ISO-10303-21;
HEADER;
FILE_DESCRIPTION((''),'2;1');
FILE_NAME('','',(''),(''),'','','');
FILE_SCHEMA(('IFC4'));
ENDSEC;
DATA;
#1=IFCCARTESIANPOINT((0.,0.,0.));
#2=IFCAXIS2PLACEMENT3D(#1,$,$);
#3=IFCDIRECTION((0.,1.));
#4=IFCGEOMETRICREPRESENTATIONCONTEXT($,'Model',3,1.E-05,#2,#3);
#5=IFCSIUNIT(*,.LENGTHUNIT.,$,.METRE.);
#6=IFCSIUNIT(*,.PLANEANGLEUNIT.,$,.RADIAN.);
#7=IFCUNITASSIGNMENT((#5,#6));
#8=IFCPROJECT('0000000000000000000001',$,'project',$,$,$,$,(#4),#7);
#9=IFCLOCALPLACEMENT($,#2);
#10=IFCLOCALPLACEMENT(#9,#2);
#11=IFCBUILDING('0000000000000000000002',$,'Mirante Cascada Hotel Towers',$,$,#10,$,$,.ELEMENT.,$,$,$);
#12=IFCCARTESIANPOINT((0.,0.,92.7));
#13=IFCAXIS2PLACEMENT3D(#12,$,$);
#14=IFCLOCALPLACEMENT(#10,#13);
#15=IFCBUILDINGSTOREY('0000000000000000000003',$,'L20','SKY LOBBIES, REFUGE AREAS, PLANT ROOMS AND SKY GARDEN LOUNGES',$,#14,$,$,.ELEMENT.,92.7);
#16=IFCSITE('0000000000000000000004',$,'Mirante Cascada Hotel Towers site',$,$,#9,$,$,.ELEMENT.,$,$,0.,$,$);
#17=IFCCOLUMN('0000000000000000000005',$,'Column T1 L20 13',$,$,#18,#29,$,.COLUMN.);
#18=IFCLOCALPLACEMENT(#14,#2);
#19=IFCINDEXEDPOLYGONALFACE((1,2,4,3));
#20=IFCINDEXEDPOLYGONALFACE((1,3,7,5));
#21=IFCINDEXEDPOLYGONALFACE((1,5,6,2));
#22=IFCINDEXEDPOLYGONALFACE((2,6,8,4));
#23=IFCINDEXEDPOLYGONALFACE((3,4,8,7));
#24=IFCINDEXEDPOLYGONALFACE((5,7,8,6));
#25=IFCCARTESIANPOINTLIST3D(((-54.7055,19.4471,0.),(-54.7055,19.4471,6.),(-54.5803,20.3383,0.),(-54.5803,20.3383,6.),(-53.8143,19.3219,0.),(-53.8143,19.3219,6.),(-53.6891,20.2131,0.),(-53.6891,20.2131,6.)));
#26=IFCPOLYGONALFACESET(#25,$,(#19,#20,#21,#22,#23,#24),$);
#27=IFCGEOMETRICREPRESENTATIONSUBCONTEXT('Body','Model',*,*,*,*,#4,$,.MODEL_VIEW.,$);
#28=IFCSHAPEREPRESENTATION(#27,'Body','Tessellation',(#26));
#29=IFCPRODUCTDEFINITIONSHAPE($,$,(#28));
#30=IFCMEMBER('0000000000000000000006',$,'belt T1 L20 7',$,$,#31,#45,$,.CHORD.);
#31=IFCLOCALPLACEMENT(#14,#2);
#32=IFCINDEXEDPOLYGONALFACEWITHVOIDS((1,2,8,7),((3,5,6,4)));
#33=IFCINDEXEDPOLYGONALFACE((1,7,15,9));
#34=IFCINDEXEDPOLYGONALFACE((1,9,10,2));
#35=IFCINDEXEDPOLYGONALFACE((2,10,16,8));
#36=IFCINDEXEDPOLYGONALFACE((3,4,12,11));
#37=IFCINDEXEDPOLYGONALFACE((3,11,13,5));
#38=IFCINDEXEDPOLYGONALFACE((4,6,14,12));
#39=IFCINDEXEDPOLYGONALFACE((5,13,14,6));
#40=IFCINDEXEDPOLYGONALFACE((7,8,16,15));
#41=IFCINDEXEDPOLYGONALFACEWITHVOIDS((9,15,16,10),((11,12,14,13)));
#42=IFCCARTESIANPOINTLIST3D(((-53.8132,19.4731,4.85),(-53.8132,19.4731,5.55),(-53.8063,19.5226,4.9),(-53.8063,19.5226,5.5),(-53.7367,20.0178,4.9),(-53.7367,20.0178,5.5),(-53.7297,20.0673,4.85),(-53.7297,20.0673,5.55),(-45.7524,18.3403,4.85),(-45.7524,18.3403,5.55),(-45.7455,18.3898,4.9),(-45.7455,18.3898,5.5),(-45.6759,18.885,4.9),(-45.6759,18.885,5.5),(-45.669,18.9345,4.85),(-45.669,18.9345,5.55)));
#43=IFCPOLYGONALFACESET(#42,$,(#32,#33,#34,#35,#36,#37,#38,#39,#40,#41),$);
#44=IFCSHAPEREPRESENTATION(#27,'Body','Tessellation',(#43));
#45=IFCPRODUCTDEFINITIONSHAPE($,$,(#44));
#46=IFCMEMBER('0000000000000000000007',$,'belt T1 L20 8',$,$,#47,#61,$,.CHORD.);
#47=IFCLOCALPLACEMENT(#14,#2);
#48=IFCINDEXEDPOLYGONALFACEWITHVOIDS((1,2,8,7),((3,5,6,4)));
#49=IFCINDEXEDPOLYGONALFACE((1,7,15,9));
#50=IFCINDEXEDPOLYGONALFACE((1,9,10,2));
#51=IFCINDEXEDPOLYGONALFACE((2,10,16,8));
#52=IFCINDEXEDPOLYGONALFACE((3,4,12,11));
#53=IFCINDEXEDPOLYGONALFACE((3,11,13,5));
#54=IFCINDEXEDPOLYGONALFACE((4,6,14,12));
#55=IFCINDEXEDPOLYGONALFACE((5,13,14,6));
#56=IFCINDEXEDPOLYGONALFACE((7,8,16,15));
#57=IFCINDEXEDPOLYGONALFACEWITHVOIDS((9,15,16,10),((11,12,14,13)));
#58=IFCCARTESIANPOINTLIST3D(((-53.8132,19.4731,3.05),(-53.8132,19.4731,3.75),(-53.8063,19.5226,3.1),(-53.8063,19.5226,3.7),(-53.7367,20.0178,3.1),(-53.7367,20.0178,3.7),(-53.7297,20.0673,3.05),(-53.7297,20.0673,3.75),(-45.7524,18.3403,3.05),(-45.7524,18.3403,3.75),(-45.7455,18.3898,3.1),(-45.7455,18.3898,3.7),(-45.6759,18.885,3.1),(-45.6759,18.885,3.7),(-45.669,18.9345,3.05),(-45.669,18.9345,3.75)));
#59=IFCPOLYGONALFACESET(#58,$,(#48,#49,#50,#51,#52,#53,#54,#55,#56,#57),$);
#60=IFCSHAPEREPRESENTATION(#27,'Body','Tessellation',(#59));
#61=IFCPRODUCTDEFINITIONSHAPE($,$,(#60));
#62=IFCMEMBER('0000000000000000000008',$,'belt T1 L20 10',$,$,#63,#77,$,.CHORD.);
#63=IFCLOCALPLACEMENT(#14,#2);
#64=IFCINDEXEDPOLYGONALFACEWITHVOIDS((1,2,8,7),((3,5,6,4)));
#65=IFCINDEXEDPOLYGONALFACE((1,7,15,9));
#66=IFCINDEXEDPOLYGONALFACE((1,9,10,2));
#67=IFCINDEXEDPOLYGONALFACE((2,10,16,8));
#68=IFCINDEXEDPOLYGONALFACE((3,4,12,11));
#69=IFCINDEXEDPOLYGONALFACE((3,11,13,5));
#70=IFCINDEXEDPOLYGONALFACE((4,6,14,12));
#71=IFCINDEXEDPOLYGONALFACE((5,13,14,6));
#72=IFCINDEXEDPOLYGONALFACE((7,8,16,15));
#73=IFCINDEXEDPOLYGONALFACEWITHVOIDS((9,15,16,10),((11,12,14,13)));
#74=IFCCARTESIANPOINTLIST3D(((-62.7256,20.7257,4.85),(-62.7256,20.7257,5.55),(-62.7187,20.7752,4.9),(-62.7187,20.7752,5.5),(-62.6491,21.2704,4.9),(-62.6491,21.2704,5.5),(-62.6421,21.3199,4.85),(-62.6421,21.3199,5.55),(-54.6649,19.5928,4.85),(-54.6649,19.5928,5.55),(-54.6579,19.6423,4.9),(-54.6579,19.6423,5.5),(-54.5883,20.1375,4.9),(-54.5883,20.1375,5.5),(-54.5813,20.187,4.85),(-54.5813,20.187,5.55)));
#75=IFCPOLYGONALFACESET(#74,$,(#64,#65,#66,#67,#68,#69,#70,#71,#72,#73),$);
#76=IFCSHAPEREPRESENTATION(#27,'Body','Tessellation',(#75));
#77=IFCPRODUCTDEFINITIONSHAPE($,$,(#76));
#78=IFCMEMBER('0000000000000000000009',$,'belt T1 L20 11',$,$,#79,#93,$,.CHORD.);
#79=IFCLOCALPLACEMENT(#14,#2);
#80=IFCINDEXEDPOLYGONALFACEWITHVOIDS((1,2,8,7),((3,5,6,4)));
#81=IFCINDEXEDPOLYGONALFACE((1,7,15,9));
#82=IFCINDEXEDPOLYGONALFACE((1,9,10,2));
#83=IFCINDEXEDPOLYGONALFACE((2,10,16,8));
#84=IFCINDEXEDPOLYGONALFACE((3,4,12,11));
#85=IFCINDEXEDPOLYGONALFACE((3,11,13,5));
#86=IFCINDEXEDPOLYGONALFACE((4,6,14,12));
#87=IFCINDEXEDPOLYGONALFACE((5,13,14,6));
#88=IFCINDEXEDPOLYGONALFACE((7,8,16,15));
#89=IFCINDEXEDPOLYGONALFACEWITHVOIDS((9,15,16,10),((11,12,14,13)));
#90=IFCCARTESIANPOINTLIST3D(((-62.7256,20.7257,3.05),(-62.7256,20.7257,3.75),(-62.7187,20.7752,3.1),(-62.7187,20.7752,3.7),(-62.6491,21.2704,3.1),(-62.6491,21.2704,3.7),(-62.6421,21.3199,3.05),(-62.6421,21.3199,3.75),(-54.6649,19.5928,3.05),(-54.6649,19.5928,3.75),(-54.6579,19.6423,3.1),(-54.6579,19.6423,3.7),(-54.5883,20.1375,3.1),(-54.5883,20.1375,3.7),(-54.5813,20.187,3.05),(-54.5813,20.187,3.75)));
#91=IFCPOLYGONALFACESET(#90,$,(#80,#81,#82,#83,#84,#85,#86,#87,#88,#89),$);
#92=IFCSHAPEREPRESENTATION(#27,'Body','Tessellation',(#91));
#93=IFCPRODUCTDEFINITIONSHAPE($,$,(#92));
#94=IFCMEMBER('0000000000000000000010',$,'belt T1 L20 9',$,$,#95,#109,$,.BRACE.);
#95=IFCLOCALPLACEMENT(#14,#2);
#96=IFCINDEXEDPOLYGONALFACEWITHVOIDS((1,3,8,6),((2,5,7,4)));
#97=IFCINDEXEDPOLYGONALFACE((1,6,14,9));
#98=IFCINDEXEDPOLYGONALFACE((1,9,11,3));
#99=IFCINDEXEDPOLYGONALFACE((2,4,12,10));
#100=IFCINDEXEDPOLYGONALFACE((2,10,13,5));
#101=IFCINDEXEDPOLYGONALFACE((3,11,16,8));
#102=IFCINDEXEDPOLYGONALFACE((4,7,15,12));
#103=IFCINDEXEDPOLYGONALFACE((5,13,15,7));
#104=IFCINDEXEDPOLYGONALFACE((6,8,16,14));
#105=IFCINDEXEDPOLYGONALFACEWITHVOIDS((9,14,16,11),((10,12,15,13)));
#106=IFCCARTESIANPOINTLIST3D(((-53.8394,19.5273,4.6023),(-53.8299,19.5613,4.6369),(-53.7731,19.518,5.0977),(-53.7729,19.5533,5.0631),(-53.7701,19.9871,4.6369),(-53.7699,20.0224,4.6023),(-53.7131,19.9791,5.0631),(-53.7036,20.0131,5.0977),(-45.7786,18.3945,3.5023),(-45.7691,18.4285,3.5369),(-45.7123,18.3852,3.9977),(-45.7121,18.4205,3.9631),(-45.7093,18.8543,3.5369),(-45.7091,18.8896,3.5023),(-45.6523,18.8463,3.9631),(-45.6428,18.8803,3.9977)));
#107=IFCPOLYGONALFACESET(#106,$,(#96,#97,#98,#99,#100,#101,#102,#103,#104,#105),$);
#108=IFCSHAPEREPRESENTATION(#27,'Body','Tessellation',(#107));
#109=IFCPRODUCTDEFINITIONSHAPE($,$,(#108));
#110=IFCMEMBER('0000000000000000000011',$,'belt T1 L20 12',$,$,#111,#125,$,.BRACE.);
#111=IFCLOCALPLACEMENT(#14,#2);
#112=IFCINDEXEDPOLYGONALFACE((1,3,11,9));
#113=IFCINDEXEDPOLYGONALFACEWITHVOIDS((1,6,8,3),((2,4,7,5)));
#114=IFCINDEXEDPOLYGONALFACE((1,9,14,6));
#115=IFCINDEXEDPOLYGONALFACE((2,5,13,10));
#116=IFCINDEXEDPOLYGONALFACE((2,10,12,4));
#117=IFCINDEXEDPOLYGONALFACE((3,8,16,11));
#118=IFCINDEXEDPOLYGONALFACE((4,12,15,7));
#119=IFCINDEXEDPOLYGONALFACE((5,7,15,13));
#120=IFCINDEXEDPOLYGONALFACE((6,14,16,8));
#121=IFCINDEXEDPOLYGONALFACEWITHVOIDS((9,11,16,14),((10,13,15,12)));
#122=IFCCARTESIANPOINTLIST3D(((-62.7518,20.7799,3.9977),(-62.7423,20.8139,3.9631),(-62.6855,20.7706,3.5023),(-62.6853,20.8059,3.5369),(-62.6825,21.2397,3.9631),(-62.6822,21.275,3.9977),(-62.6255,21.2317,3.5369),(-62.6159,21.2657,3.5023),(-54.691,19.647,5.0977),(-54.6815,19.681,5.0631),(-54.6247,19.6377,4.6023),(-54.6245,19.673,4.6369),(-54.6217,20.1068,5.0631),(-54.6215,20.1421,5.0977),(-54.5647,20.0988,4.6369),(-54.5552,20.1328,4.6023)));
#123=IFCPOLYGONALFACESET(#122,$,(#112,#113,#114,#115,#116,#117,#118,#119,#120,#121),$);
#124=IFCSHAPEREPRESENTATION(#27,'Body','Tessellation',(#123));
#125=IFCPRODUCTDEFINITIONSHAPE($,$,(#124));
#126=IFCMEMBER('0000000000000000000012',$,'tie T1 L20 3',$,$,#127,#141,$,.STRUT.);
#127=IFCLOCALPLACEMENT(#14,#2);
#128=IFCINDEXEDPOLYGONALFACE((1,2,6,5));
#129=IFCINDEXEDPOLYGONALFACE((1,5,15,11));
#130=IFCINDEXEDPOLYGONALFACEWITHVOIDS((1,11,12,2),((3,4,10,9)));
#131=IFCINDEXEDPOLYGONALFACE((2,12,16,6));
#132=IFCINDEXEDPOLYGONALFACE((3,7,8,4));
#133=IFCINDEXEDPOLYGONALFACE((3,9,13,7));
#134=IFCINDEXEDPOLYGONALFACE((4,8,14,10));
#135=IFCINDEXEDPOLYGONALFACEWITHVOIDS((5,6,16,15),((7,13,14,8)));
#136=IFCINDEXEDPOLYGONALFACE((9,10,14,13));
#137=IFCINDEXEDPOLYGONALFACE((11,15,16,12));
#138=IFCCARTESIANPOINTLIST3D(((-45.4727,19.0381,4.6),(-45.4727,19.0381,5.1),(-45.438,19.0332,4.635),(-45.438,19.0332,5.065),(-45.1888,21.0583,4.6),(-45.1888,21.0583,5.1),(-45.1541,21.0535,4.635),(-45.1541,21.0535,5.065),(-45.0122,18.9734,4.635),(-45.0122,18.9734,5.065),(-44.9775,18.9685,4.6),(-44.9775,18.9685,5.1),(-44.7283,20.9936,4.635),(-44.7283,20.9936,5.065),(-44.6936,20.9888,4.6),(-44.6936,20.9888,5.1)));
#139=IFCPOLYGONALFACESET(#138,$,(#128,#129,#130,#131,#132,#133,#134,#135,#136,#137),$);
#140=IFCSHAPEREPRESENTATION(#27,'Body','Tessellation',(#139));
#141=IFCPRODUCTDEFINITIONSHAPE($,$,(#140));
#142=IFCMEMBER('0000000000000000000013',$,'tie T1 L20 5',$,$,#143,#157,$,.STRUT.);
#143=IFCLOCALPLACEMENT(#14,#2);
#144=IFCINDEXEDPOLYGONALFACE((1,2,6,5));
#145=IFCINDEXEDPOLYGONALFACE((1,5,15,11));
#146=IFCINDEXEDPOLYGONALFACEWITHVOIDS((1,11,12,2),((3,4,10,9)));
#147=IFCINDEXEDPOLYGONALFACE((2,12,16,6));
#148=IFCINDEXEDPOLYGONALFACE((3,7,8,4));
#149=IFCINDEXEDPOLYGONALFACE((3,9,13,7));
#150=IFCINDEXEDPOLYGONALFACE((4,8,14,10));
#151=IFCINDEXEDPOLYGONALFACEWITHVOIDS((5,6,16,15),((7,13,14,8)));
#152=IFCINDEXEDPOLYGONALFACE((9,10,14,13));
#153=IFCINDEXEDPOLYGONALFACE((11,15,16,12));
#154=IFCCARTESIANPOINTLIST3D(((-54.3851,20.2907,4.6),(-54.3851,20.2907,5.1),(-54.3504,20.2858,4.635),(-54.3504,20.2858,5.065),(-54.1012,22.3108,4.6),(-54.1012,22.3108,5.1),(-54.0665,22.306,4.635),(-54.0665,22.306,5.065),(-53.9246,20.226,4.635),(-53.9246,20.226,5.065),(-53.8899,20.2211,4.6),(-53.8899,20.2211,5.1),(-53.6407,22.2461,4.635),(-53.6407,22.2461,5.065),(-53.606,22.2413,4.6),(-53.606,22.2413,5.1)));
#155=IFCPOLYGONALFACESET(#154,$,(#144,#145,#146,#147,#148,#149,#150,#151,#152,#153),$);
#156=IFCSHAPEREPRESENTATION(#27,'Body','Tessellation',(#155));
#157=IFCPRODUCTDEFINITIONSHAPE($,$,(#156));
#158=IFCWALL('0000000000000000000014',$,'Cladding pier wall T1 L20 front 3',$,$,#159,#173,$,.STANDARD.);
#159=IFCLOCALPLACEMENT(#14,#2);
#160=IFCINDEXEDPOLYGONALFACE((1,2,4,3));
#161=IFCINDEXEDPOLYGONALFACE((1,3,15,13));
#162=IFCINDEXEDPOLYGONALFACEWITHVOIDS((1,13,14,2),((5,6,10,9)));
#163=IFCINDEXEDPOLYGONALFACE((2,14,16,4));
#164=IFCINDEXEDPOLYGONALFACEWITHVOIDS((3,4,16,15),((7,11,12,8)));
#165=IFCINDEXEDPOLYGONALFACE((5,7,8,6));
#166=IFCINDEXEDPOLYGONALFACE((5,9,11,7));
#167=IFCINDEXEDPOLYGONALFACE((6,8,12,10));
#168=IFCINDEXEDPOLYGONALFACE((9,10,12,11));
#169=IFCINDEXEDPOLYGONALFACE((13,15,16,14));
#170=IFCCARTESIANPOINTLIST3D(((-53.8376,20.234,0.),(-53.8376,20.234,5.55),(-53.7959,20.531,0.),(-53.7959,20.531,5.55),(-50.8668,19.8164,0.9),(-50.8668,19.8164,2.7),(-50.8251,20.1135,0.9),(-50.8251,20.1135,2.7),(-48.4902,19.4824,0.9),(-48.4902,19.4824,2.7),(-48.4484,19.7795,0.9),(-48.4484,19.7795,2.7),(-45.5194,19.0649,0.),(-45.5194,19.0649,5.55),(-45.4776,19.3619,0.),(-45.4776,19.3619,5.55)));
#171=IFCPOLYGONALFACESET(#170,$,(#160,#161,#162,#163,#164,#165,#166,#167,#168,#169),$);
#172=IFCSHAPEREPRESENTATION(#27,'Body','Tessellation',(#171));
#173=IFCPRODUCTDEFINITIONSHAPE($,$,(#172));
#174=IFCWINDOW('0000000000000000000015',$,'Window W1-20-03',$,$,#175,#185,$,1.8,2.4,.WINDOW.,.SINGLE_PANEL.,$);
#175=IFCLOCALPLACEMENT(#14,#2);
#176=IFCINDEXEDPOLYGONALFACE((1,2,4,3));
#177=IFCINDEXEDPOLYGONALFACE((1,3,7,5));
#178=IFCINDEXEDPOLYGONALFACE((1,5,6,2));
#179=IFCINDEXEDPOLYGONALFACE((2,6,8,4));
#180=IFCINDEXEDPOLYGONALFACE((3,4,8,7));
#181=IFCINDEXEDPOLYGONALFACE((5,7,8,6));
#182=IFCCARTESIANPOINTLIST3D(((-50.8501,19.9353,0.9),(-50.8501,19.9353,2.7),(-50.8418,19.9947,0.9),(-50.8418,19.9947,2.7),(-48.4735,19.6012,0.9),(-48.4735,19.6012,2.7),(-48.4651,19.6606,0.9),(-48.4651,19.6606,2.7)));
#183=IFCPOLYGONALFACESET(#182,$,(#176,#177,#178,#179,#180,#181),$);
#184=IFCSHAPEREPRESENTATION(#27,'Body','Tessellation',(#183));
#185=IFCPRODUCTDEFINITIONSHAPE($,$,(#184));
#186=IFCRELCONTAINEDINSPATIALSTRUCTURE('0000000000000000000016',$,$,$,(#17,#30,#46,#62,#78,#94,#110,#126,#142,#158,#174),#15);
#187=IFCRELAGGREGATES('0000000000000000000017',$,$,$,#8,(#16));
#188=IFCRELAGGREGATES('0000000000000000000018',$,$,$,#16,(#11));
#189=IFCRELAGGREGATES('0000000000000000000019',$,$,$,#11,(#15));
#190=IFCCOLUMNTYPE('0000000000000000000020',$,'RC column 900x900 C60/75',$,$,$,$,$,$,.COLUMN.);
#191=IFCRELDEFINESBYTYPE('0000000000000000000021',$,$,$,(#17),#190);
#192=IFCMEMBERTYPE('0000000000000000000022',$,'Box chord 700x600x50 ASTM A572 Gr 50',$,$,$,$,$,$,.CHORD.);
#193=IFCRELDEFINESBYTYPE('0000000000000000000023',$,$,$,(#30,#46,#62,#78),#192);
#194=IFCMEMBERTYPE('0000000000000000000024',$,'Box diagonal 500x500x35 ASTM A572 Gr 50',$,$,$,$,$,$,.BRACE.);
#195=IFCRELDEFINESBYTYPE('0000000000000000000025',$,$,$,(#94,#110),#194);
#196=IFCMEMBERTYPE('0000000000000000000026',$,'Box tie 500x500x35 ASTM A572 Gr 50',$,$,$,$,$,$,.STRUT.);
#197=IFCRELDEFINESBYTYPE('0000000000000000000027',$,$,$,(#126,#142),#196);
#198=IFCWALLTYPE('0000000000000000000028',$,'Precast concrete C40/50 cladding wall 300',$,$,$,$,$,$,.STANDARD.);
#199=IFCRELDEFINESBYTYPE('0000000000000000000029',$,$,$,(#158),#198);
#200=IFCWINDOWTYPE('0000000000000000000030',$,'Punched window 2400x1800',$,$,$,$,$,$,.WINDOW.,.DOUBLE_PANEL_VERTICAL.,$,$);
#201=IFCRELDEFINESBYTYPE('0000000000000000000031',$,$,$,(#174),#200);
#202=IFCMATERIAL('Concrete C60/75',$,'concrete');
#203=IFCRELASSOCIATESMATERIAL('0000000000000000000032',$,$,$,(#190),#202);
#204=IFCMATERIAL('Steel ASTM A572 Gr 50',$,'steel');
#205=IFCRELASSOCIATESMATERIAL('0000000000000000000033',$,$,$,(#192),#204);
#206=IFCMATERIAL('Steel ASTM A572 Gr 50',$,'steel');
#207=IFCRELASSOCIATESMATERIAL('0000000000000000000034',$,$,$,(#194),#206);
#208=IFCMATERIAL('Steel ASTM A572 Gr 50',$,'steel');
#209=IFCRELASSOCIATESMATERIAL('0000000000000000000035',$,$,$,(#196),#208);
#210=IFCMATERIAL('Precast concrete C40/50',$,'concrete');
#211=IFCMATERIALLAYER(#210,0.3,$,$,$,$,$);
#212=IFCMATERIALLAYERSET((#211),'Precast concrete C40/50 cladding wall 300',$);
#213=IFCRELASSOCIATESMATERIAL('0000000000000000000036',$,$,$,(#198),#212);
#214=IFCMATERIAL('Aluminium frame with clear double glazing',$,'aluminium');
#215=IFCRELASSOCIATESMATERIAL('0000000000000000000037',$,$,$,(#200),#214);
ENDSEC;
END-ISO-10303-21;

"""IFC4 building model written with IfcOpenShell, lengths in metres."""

from ifc_helpers import new_model, si_unit, direction, frame, frame_2d, origin, origin_2d, place, context, subcontext, project, spatial, rectangle, hollow_rectangle, extrude, material, layer, layer_set, material_profile, profile_set, type_object, element, fill, save


model = new_model("IFC4")

# Units and contexts
model_context = context("Model", 3, precision=1e-05, world=origin(), true_north=direction((0.0, 1.0)))
body_context = subcontext(model_context, "Body", "Model", "MODEL_VIEW")
ifc_project = project(units=[si_unit("LENGTHUNIT", "METRE"), si_unit("PLANEANGLEUNIT", "RADIAN")], contexts=[model_context])

# Site, building, storey
site_placement = place(None, origin())
site = spatial("IfcSite", under=ifc_project, at=site_placement, Name="Mirante Cascada Hotel Towers site", CompositionType="ELEMENT", RefElevation=0.0)
building_placement = place(site_placement, origin())
building = spatial("IfcBuilding", under=site, at=building_placement, Name="Mirante Cascada Hotel Towers", CompositionType="ELEMENT")
storey_placement = place(building_placement, frame((0.0, 0.0, 92.7)))
storey = spatial("IfcBuildingStorey", under=building, at=storey_placement, Name="L20", Description="SKY LOBBIES, REFUGE AREAS, PLANT ROOMS AND SKY GARDEN LOUNGES", CompositionType="ELEMENT", Elevation=92.7)

# Column
ifc_material_1 = material(Name="Concrete C60/75", Category="concrete")
ifc_material_profile_1 = material_profile(ifc_material_1, rectangle(XDim=0.9, YDim=0.9, at=origin_2d()), Name="RC column 900x900 C60/75")
ifc_profile_set_1 = profile_set([ifc_material_profile_1], Name="Concrete C60/75")
column_type = type_object("IfcColumnType", Name="RC column 900x900 C60/75", PredefinedType="COLUMN", material=ifc_profile_set_1)
column_placement = place(storey_placement, frame((-54.1973, 19.8301, 0.0), z_axis=(0.0, 0.0, 1.0), x_axis=(-0.990268, 0.139173, 0.0)))
element("IfcColumn", 1, at=column_placement, inside=storey, type_object=column_type, Name="Column T1 L20 13", PredefinedType="COLUMN", context=body_context, shape_type="SweptSolid", body=[
    extrude(rectangle(XDim=0.9, YDim=0.9, at=origin_2d()), origin(), (0.0, 0.0, 1.0), 6.0),
])

# Members
ifc_material_2 = material(Name="Steel ASTM A572 Gr 50", Category="steel")
ifc_material_profile_2 = material_profile(ifc_material_2, hollow_rectangle(XDim=0.6, YDim=0.7, WallThickness=0.05, at=origin_2d()), Name="Box chord 700x600x50 ASTM A572 Gr 50")
ifc_profile_set_2 = profile_set([ifc_material_profile_2], Name="Steel ASTM A572 Gr 50")
member_type_1 = type_object("IfcMemberType", Name="Box chord 700x600x50 ASTM A572 Gr 50", PredefinedType="CHORD", material=ifc_profile_set_2)
for number, where, z_axis, x_axis, name in (
    (2, (-45.7107, 18.6374, 5.2), (-0.990269, 0.139164, 0.0), (-0.139164, -0.990269, 0.0), "belt T1 L20 7"),
    (3, (-45.7107, 18.6374, 3.4), (-0.990269, 0.139164, 0.0), (-0.139164, -0.990269, 0.0), "belt T1 L20 8"),
    (4, (-54.6231, 19.8899, 5.2), (-0.990268, 0.139177, 0.0), (-0.139177, -0.990268, 0.0), "belt T1 L20 10"),
    (5, (-54.6231, 19.8899, 3.4), (-0.990268, 0.139177, 0.0), (-0.139177, -0.990268, 0.0), "belt T1 L20 11"),
):
    element("IfcMember", number, at=place(storey_placement, frame(where, z_axis=z_axis, x_axis=x_axis)), inside=storey, type_object=member_type_1, Name=name, PredefinedType="CHORD", context=body_context, shape_type="SweptSolid", body=[
        extrude(hollow_rectangle(XDim=0.6, YDim=0.7, WallThickness=0.05, at=origin_2d()), origin(), (0.0, 0.0, 1.0), 8.14),
    ])
ifc_material_3 = material(Name="Steel ASTM A572 Gr 50", Category="steel")
ifc_material_profile_3 = material_profile(ifc_material_3, hollow_rectangle(XDim=0.5, YDim=0.5, WallThickness=0.035, at=origin_2d()), Name="Box diagonal 500x500x35 ASTM A572 Gr 50")
ifc_profile_set_3 = profile_set([ifc_material_profile_3], Name="Steel ASTM A572 Gr 50")
member_type_2 = type_object("IfcMemberType", Name="Box diagonal 500x500x35 ASTM A572 Gr 50", PredefinedType="BRACE", material=ifc_profile_set_3)
for number, where, z_axis, x_axis, name in (
    (6, (-45.7107, 18.6374, 3.75), (-0.981349, 0.137911, 0.133918), (-0.139164, -0.990269, 0.0), "belt T1 L20 9"),
    (7, (-54.6231, 19.8899, 4.85), (-0.981348, 0.137923, -0.133917), (-0.139177, -0.990268, 0.0), "belt T1 L20 12"),
):
    element("IfcMember", number, at=place(storey_placement, frame(where, z_axis=z_axis, x_axis=x_axis)), inside=storey, type_object=member_type_2, Name=name, PredefinedType="BRACE", context=body_context, shape_type="SweptSolid", body=[
        extrude(hollow_rectangle(XDim=0.5, YDim=0.5, WallThickness=0.035, at=origin_2d()), origin(), (0.0, 0.0, 1.0), 8.214),
    ])
ifc_material_4 = material(Name="Steel ASTM A572 Gr 50", Category="steel")
ifc_material_profile_4 = material_profile(ifc_material_4, hollow_rectangle(XDim=0.5, YDim=0.5, WallThickness=0.035, at=origin_2d()), Name="Box tie 500x500x35 ASTM A572 Gr 50")
ifc_profile_set_4 = profile_set([ifc_material_profile_4], Name="Steel ASTM A572 Gr 50")
member_type_3 = type_object("IfcMemberType", Name="Box tie 500x500x35 ASTM A572 Gr 50", PredefinedType="STRUT", material=ifc_profile_set_4)
member_1_placement = place(storey_placement, frame((-45.2251, 19.0033, 4.85), z_axis=(0.139163, 0.99027, 0.0), x_axis=(-0.99027, 0.139163, 0.0)))
element("IfcMember", 8, at=member_1_placement, inside=storey, type_object=member_type_3, Name="tie T1 L20 3", PredefinedType="STRUT", context=body_context, shape_type="SweptSolid", body=[
    extrude(hollow_rectangle(XDim=0.5, YDim=0.5, WallThickness=0.035, at=origin_2d()), origin(), (0.0, 0.0, 1.0), 2.0401),
])
member_2_placement = place(storey_placement, frame((-54.1375, 20.2559, 4.85), z_axis=(0.13917, 0.990268, 0.0), x_axis=(-0.990268, 0.13917, 0.0)))
element("IfcMember", 9, at=member_2_placement, inside=storey, type_object=member_type_3, Name="tie T1 L20 5", PredefinedType="STRUT", context=body_context, shape_type="SweptSolid", body=[
    extrude(hollow_rectangle(XDim=0.5, YDim=0.5, WallThickness=0.035, at=origin_2d()), origin(), (0.0, 0.0, 1.0), 2.04),
])

# Wall, opening, window
ifc_material_5 = material(Name="Precast concrete C40/50", Category="concrete")
ifc_layer = layer(ifc_material_5, 0.3)
ifc_layer_set = layer_set([ifc_layer], Name="Precast concrete C40/50 cladding wall 300")
wall_type = type_object("IfcWallType", Name="Precast concrete C40/50 cladding wall 300", PredefinedType="STANDARD", material=ifc_layer_set)
wall_1_placement = place(storey_placement, frame((-45.4985, 19.2134, 0.0), z_axis=(0.0, 0.0, 1.0), x_axis=(-0.990267, 0.139179, 0.0)))
wall_1 = element("IfcWall", 10, at=wall_1_placement, inside=storey, type_object=wall_type, Name="Cladding pier wall T1 L20 front 3", PredefinedType="STANDARD", context=body_context, shape_type="SweptSolid", body=[
    extrude(rectangle(XDim=8.4, YDim=0.3, at=frame_2d((4.2, 0.0))), origin(), (0.0, 0.0, 1.0), 5.55),
])
opening_1_placement = place(wall_1_placement, frame((3.0, 0.0, 0.9)))
opening_1 = element("IfcOpeningElement", 11, at=opening_1_placement, cuts=wall_1, PredefinedType="OPENING", context=body_context, shape_type="SweptSolid", body=[
    extrude(rectangle(XDim=2.4, YDim=1.8, at=frame_2d((1.2, 0.9))), frame((0.0, 0.15, 0.0), z_axis=(0.0, -1.0, 0.0), x_axis=(1.0, 0.0, 0.0)), (0.0, 0.0, 1.0), 0.3),
])
ifc_material_6 = material(Name="Aluminium frame with clear double glazing", Category="aluminium")
window_type = type_object("IfcWindowType", Name="Punched window 2400x1800", PartitioningType="DOUBLE_PANEL_VERTICAL", PredefinedType="WINDOW", material=ifc_material_6)
window_1_placement = place(opening_1_placement, origin())
window_1 = element("IfcWindow", 12, at=window_1_placement, inside=storey, type_object=window_type, Name="Window W1-20-03", OverallHeight=1.8, OverallWidth=2.4, PartitioningType="SINGLE_PANEL", PredefinedType="WINDOW", context=body_context, shape_type="SweptSolid", body=[
    extrude(rectangle(XDim=2.4, YDim=1.8, at=frame_2d((1.2, 0.9))), frame((0.0, 0.03, 0.0), z_axis=(0.0, -1.0, 0.0), x_axis=(1.0, 0.0, 0.0)), (0.0, 0.0, 1.0), 0.06),
])
fill(opening_1, window_1)

save(model, "model.ifc")
